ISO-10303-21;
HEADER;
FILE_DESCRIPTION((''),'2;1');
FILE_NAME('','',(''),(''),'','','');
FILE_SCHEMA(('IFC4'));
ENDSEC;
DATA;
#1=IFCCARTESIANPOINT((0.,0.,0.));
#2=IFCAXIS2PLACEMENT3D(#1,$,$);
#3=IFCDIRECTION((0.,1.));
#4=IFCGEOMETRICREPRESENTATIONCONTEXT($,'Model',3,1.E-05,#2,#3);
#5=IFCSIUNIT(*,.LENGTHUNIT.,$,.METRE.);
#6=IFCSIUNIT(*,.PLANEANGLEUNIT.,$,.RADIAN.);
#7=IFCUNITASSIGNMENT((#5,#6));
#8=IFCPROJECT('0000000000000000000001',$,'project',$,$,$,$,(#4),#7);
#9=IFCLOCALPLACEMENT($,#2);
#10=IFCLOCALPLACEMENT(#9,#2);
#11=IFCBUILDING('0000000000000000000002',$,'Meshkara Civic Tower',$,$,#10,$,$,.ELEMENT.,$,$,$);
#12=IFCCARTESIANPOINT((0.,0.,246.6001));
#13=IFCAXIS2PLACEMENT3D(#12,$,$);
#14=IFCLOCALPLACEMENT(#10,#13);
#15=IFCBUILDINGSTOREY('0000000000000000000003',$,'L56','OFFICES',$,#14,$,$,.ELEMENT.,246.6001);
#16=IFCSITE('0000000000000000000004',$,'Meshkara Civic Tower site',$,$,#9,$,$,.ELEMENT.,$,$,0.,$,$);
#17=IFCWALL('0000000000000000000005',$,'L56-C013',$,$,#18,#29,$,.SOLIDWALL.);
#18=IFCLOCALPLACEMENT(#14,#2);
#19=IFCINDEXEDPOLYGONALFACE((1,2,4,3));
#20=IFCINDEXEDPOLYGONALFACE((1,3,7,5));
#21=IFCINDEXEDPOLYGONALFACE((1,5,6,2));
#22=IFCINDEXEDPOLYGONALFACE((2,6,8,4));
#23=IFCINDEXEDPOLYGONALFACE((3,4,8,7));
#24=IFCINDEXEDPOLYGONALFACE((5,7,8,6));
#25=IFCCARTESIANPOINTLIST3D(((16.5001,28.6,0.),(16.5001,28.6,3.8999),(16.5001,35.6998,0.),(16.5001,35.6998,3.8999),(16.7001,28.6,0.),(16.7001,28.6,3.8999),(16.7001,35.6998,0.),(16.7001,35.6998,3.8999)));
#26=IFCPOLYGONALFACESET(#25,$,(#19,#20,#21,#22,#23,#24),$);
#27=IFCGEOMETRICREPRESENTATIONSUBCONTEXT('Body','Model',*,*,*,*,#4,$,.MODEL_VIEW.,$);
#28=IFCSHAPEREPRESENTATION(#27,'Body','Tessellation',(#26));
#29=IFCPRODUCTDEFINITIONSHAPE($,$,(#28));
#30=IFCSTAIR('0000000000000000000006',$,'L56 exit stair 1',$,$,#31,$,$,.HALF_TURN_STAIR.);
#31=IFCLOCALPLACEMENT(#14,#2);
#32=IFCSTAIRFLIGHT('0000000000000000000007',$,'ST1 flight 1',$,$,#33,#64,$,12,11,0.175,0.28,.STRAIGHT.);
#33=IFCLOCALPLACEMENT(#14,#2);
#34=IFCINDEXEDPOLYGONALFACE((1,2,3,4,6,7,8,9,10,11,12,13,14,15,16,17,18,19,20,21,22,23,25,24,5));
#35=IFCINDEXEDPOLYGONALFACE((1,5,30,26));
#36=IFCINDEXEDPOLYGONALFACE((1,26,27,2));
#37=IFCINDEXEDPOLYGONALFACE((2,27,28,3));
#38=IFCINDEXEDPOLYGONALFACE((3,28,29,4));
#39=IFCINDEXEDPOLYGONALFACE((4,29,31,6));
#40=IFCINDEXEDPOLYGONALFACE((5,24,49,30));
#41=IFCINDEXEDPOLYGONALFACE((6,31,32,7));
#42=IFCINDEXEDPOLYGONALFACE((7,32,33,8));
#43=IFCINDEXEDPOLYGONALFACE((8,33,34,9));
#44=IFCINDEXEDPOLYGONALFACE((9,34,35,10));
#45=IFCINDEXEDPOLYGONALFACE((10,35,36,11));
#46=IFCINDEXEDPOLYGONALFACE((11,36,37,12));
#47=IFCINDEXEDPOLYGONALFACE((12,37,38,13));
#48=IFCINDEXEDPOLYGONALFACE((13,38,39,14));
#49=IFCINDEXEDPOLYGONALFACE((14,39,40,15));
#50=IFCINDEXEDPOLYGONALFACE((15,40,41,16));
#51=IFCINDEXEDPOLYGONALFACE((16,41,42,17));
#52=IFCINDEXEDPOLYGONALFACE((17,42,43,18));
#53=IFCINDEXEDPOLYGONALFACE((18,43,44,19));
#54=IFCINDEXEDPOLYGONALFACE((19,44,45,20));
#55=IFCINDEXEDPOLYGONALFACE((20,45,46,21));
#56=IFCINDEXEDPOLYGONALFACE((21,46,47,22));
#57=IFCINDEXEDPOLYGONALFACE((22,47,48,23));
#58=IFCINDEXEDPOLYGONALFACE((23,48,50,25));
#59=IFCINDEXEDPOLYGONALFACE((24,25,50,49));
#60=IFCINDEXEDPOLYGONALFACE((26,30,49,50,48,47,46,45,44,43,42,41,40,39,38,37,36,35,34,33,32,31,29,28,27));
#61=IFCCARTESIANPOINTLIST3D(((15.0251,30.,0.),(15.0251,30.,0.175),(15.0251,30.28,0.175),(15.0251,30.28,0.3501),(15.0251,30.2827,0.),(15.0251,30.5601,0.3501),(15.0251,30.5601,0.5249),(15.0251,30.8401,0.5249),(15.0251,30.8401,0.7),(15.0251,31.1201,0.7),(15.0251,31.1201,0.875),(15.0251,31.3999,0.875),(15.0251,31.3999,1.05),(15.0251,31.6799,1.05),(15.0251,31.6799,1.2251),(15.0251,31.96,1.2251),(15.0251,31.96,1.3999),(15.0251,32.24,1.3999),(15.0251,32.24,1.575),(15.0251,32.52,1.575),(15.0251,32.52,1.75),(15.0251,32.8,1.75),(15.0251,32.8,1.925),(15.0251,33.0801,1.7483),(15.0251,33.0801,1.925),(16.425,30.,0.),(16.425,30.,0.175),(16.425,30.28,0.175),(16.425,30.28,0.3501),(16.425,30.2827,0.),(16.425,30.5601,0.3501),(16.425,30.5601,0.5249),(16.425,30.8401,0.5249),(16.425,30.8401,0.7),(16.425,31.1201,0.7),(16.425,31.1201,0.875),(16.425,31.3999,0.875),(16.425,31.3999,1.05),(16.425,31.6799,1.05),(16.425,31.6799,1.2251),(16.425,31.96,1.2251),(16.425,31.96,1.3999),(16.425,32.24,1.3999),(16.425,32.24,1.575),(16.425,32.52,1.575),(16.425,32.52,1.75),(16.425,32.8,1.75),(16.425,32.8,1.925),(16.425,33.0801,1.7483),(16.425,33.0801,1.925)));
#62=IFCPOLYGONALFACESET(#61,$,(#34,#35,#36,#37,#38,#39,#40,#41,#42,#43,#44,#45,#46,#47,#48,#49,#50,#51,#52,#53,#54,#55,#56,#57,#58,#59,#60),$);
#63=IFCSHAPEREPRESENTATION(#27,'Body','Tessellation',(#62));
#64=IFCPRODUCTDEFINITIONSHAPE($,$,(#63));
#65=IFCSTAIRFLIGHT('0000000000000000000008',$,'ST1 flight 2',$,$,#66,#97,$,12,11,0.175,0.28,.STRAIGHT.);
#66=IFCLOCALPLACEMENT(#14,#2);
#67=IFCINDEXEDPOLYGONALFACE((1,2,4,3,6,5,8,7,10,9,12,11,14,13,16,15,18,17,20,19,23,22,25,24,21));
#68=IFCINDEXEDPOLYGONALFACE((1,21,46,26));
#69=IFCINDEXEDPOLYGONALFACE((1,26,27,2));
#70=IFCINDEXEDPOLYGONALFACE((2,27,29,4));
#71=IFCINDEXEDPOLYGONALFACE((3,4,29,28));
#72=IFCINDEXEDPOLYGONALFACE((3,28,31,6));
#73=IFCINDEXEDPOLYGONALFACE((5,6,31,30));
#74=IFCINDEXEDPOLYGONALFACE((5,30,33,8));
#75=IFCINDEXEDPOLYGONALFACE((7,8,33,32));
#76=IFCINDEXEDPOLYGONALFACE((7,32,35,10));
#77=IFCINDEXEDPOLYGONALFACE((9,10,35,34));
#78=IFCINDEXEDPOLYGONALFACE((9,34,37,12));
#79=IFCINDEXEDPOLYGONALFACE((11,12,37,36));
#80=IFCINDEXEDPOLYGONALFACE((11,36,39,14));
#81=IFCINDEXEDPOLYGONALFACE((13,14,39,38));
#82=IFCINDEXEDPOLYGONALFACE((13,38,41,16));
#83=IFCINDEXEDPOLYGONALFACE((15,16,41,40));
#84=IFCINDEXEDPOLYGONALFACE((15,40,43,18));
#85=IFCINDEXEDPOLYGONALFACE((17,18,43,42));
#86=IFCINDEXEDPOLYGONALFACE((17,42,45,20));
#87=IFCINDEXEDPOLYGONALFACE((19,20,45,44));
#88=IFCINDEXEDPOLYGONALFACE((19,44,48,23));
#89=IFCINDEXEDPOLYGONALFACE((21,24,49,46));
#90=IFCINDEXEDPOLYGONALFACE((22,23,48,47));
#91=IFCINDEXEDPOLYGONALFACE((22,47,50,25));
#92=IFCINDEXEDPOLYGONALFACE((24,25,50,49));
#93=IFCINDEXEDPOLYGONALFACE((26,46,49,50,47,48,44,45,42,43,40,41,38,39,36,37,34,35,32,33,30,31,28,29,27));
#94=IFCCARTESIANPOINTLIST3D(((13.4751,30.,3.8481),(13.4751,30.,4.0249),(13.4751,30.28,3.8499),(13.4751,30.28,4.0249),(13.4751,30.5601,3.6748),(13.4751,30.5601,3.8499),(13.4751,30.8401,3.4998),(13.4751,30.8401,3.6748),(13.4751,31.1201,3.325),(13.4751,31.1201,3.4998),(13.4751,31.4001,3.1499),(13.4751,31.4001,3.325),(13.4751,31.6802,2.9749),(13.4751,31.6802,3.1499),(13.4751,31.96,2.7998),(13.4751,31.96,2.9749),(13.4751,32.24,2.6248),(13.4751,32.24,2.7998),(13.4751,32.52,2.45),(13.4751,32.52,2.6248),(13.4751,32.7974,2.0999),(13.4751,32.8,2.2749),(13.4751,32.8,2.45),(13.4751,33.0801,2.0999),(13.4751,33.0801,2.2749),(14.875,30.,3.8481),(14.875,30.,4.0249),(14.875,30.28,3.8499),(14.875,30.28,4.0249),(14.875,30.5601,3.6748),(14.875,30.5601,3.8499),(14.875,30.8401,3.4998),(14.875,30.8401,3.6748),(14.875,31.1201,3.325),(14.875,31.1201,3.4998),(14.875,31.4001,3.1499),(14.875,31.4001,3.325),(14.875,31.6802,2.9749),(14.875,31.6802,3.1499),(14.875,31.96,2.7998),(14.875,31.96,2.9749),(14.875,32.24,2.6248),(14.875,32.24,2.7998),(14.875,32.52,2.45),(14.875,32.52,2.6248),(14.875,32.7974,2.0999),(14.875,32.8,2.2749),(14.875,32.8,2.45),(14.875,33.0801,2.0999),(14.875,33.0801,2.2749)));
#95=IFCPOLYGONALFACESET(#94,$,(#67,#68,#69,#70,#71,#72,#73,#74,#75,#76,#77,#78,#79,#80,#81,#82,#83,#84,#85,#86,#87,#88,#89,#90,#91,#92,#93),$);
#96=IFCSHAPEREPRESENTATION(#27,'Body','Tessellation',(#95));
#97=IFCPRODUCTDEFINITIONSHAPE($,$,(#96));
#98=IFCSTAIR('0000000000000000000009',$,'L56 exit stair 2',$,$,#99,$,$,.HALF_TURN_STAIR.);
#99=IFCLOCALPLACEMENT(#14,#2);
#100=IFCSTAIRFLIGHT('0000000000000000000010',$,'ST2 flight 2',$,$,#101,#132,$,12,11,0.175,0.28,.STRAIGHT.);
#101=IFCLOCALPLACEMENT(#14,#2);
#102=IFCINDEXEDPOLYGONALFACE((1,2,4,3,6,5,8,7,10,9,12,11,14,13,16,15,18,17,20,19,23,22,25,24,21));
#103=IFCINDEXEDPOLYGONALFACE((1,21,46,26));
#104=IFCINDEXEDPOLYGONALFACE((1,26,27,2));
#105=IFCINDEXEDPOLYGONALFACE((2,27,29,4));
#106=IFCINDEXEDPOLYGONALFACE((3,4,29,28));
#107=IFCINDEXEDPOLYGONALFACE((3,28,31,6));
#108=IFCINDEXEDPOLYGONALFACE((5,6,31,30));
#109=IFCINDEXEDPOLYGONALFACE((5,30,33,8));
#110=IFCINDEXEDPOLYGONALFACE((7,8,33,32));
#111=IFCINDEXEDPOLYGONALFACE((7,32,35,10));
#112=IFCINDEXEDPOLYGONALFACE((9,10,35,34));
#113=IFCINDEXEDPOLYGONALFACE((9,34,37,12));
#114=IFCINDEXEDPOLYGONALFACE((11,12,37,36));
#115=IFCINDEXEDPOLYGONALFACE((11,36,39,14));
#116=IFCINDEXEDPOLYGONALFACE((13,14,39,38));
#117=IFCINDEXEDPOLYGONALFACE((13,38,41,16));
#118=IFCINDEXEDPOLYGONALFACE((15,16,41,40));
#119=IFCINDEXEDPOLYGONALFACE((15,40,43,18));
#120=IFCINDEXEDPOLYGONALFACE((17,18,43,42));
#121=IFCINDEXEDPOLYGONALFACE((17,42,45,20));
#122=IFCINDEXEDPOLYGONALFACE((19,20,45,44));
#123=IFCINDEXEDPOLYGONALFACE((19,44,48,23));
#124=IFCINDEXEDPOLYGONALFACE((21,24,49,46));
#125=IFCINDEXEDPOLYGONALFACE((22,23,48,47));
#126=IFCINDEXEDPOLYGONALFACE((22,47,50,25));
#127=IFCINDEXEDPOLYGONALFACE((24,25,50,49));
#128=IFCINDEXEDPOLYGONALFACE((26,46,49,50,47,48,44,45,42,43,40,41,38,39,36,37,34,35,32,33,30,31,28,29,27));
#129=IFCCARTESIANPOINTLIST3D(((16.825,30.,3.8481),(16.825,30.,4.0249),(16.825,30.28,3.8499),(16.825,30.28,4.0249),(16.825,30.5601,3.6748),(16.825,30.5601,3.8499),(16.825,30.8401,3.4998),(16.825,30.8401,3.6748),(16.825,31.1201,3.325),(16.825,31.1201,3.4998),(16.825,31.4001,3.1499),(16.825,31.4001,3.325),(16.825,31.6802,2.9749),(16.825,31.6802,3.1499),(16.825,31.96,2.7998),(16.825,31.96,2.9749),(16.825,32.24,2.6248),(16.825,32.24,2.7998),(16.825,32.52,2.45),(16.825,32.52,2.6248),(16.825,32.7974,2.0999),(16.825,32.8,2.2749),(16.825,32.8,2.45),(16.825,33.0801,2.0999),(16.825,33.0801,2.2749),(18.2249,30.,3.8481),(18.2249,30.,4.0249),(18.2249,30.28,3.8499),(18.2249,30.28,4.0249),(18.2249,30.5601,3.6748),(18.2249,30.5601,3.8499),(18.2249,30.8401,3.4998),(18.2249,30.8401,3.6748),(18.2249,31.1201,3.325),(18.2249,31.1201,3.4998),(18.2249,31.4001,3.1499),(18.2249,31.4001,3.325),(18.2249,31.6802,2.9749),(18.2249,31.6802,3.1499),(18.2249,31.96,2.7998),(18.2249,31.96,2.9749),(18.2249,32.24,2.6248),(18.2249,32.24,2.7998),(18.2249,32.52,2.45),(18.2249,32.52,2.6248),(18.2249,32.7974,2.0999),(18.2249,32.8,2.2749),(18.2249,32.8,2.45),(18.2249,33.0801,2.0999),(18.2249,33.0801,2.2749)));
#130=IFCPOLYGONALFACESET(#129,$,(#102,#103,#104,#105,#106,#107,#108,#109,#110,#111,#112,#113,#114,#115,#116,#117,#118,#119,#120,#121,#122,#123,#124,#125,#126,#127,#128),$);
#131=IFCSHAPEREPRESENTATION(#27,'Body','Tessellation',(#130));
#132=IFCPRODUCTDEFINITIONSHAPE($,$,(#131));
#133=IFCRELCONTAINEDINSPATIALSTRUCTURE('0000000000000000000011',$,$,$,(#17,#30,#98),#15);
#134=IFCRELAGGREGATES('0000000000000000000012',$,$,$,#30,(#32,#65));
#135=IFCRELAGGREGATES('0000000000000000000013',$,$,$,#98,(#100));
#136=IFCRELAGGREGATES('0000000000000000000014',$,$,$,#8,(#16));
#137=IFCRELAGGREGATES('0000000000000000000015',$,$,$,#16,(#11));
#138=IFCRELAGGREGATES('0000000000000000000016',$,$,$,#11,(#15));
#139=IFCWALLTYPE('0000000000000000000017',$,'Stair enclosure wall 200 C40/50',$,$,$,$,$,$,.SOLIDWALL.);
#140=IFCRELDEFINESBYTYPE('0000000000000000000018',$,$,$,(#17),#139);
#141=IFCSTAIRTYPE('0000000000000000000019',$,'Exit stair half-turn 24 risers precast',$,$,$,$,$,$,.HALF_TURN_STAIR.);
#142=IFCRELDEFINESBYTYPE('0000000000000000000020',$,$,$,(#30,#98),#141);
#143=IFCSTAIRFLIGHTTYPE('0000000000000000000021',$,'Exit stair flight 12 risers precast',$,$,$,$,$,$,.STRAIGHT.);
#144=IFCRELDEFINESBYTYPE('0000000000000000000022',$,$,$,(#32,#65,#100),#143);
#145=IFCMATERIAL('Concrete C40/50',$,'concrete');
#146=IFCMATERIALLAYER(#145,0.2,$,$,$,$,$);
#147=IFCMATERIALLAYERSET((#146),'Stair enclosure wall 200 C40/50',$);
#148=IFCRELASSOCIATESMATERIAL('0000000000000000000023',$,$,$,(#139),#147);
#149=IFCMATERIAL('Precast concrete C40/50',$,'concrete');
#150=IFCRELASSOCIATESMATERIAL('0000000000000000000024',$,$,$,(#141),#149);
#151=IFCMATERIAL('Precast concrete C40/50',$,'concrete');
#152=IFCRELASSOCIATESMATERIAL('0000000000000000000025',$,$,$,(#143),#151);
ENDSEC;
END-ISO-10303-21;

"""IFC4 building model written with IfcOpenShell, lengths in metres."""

from ifc_helpers import new_model, si_unit, direction, frame, frame_2d, origin, place, context, subcontext, project, spatial, polyline, rectangle, outline, extrude, material, layer, layer_set, type_object, element, aggregate, save


model = new_model("IFC4")

# Units and contexts
model_context = context("Model", 3, precision=1e-05, world=origin(), true_north=direction((0.0, 1.0)))
body_context = subcontext(model_context, "Body", "Model", "MODEL_VIEW")
ifc_project = project(units=[si_unit("LENGTHUNIT", "METRE"), si_unit("PLANEANGLEUNIT", "RADIAN")], contexts=[model_context])

# Site, building, storey
site_placement = place(None, origin())
site = spatial("IfcSite", under=ifc_project, at=site_placement, Name="Meshkara Civic Tower site", CompositionType="ELEMENT", RefElevation=0.0)
building_placement = place(site_placement, origin())
building = spatial("IfcBuilding", under=site, at=building_placement, Name="Meshkara Civic Tower", CompositionType="ELEMENT")
storey_placement = place(building_placement, frame((0.0, 0.0, 246.6001)))
storey = spatial("IfcBuildingStorey", under=building, at=storey_placement, Name="L56", Description="OFFICES", CompositionType="ELEMENT", Elevation=246.6001)

# Shared definitions
ifc_material_1 = material(Name="Concrete C40/50", Category="concrete")
ifc_layer_1 = layer(ifc_material_1, 0.2)
ifc_layer_set_1 = layer_set([ifc_layer_1], Name="Stair enclosure wall 200 C40/50")
wall_type_1 = type_object("IfcWallType", Name="Stair enclosure wall 200 C40/50", PredefinedType="SOLIDWALL", material=ifc_layer_set_1)

# Wall
wall_1_placement = place(storey_placement, frame((16.6001, 28.6001, 0.0), z_axis=(0.0, 0.0, 1.0), x_axis=(0.0, 1.0, 0.0)))
element("IfcWall", 1, at=wall_1_placement, inside=storey, type_object=wall_type_1, Name="L56-C013", PredefinedType="SOLIDWALL", context=body_context, shape_type="SweptSolid", body=[
    extrude(rectangle(XDim=7.0999, YDim=0.2, at=frame_2d((3.5498, 0.0))), origin(), (0.0, 0.0, 1.0), 3.8999),
])

# Stair, stair flights
ifc_material_2 = material(Name="Precast concrete C40/50", Category="concrete")
stair_type = type_object("IfcStairType", Name="Exit stair half-turn 24 risers precast", PredefinedType="HALF_TURN_STAIR", material=ifc_material_2)
stair_1_placement = place(storey_placement, origin())
stair_1 = element("IfcStair", 2, at=stair_1_placement, inside=storey, type_object=stair_type, Name="L56 exit stair 1", PredefinedType="HALF_TURN_STAIR")
ifc_material_3 = material(Name="Precast concrete C40/50", Category="concrete")
stair_flight_type = type_object("IfcStairFlightType", Name="Exit stair flight 12 risers precast", PredefinedType="STRAIGHT", material=ifc_material_3)
stair_flight_1_placement = place(storey_placement, frame((15.7251, 30.0, 0.0), z_axis=(0.0, 0.0, 1.0), x_axis=(0.0, 1.0, 0.0)))
stair_flight_1 = element("IfcStairFlight", 3, at=stair_flight_1_placement, type_object=stair_flight_type, Name="ST1 flight 1", NumberOfRisers=12, NumberOfTreads=11, PredefinedType="STRAIGHT", RiserHeight=0.175, TreadLength=0.28, context=body_context, shape_type="SweptSolid", body=[
    extrude(outline(polyline([(0.0, 0.0), (0.0, 0.175), (0.28, 0.175), (0.28, 0.3501), (0.5601, 0.3501), (0.5601, 0.5249), (0.8401, 0.5249), (0.8401, 0.7), (1.1201, 0.7), (1.1201, 0.875), (1.3999, 0.875), (1.3999, 1.05), (1.6799, 1.05), (1.6799, 1.2251), (1.96, 1.2251), (1.96, 1.3999), (2.24, 1.3999), (2.24, 1.575), (2.52, 1.575), (2.52, 1.75), (2.8, 1.75), (2.8, 1.925), (3.0801, 1.925), (3.0801, 2.1001), (3.0801, 1.7483), (0.2827, 0.0), (0.0, 0.0)])), frame((0.0, 0.7, 0.0), z_axis=(0.0, -1.0, 0.0), x_axis=(1.0, 0.0, 0.0)), (0.0, 0.0, 1.0), 1.3999),
])
stair_flight_2_placement = place(storey_placement, frame((14.175, 33.0801, 2.0999), z_axis=(0.0, 0.0, 1.0), x_axis=(0.0, -1.0, 0.0)))
stair_flight_2 = element("IfcStairFlight", 4, at=stair_flight_2_placement, type_object=stair_flight_type, Name="ST1 flight 2", NumberOfRisers=12, NumberOfTreads=11, PredefinedType="STRAIGHT", RiserHeight=0.175, TreadLength=0.28, context=body_context, shape_type="SweptSolid", body=[
    extrude(outline(polyline([(0.0, 0.0), (0.0, 0.175), (0.28, 0.175), (0.28, 0.3501), (0.5601, 0.3501), (0.5601, 0.5249), (0.8401, 0.5249), (0.8401, 0.7), (1.1201, 0.7), (1.1201, 0.875), (1.3999, 0.875), (1.3999, 1.05), (1.6799, 1.05), (1.6799, 1.2251), (1.96, 1.2251), (1.96, 1.3999), (2.24, 1.3999), (2.24, 1.575), (2.52, 1.575), (2.52, 1.75), (2.8, 1.75), (2.8, 1.925), (3.0801, 1.925), (3.0801, 2.1001), (3.0801, 1.7483), (0.2827, 0.0), (0.0, 0.0)])), frame((0.0, 0.7, 0.0), z_axis=(0.0, -1.0, 0.0), x_axis=(1.0, 0.0, 0.0)), (0.0, 0.0, 1.0), 1.3999),
])
aggregate(stair_1, [stair_flight_1, stair_flight_2])

# Stair, stair flight
stair_2_placement = place(storey_placement, origin())
stair_2 = element("IfcStair", 5, at=stair_2_placement, inside=storey, type_object=stair_type, Name="L56 exit stair 2", PredefinedType="HALF_TURN_STAIR")
stair_flight_3_placement = place(storey_placement, frame((17.5249, 33.0801, 2.0999), z_axis=(0.0, 0.0, 1.0), x_axis=(0.0, -1.0, 0.0)))
stair_flight_3 = element("IfcStairFlight", 6, at=stair_flight_3_placement, type_object=stair_flight_type, Name="ST2 flight 2", NumberOfRisers=12, NumberOfTreads=11, PredefinedType="STRAIGHT", RiserHeight=0.175, TreadLength=0.28, context=body_context, shape_type="SweptSolid", body=[
    extrude(outline(polyline([(0.0, 0.0), (0.0, 0.175), (0.28, 0.175), (0.28, 0.3501), (0.5601, 0.3501), (0.5601, 0.5249), (0.8401, 0.5249), (0.8401, 0.7), (1.1201, 0.7), (1.1201, 0.875), (1.3999, 0.875), (1.3999, 1.05), (1.6799, 1.05), (1.6799, 1.2251), (1.96, 1.2251), (1.96, 1.3999), (2.24, 1.3999), (2.24, 1.575), (2.52, 1.575), (2.52, 1.75), (2.8, 1.75), (2.8, 1.925), (3.0801, 1.925), (3.0801, 2.1001), (3.0801, 1.7483), (0.2827, 0.0), (0.0, 0.0)])), frame((0.0, 0.7, 0.0), z_axis=(0.0, -1.0, 0.0), x_axis=(1.0, 0.0, 0.0)), (0.0, 0.0, 1.0), 1.3999),
])
aggregate(stair_2, [stair_flight_3])

save(model, "model.ifc")
